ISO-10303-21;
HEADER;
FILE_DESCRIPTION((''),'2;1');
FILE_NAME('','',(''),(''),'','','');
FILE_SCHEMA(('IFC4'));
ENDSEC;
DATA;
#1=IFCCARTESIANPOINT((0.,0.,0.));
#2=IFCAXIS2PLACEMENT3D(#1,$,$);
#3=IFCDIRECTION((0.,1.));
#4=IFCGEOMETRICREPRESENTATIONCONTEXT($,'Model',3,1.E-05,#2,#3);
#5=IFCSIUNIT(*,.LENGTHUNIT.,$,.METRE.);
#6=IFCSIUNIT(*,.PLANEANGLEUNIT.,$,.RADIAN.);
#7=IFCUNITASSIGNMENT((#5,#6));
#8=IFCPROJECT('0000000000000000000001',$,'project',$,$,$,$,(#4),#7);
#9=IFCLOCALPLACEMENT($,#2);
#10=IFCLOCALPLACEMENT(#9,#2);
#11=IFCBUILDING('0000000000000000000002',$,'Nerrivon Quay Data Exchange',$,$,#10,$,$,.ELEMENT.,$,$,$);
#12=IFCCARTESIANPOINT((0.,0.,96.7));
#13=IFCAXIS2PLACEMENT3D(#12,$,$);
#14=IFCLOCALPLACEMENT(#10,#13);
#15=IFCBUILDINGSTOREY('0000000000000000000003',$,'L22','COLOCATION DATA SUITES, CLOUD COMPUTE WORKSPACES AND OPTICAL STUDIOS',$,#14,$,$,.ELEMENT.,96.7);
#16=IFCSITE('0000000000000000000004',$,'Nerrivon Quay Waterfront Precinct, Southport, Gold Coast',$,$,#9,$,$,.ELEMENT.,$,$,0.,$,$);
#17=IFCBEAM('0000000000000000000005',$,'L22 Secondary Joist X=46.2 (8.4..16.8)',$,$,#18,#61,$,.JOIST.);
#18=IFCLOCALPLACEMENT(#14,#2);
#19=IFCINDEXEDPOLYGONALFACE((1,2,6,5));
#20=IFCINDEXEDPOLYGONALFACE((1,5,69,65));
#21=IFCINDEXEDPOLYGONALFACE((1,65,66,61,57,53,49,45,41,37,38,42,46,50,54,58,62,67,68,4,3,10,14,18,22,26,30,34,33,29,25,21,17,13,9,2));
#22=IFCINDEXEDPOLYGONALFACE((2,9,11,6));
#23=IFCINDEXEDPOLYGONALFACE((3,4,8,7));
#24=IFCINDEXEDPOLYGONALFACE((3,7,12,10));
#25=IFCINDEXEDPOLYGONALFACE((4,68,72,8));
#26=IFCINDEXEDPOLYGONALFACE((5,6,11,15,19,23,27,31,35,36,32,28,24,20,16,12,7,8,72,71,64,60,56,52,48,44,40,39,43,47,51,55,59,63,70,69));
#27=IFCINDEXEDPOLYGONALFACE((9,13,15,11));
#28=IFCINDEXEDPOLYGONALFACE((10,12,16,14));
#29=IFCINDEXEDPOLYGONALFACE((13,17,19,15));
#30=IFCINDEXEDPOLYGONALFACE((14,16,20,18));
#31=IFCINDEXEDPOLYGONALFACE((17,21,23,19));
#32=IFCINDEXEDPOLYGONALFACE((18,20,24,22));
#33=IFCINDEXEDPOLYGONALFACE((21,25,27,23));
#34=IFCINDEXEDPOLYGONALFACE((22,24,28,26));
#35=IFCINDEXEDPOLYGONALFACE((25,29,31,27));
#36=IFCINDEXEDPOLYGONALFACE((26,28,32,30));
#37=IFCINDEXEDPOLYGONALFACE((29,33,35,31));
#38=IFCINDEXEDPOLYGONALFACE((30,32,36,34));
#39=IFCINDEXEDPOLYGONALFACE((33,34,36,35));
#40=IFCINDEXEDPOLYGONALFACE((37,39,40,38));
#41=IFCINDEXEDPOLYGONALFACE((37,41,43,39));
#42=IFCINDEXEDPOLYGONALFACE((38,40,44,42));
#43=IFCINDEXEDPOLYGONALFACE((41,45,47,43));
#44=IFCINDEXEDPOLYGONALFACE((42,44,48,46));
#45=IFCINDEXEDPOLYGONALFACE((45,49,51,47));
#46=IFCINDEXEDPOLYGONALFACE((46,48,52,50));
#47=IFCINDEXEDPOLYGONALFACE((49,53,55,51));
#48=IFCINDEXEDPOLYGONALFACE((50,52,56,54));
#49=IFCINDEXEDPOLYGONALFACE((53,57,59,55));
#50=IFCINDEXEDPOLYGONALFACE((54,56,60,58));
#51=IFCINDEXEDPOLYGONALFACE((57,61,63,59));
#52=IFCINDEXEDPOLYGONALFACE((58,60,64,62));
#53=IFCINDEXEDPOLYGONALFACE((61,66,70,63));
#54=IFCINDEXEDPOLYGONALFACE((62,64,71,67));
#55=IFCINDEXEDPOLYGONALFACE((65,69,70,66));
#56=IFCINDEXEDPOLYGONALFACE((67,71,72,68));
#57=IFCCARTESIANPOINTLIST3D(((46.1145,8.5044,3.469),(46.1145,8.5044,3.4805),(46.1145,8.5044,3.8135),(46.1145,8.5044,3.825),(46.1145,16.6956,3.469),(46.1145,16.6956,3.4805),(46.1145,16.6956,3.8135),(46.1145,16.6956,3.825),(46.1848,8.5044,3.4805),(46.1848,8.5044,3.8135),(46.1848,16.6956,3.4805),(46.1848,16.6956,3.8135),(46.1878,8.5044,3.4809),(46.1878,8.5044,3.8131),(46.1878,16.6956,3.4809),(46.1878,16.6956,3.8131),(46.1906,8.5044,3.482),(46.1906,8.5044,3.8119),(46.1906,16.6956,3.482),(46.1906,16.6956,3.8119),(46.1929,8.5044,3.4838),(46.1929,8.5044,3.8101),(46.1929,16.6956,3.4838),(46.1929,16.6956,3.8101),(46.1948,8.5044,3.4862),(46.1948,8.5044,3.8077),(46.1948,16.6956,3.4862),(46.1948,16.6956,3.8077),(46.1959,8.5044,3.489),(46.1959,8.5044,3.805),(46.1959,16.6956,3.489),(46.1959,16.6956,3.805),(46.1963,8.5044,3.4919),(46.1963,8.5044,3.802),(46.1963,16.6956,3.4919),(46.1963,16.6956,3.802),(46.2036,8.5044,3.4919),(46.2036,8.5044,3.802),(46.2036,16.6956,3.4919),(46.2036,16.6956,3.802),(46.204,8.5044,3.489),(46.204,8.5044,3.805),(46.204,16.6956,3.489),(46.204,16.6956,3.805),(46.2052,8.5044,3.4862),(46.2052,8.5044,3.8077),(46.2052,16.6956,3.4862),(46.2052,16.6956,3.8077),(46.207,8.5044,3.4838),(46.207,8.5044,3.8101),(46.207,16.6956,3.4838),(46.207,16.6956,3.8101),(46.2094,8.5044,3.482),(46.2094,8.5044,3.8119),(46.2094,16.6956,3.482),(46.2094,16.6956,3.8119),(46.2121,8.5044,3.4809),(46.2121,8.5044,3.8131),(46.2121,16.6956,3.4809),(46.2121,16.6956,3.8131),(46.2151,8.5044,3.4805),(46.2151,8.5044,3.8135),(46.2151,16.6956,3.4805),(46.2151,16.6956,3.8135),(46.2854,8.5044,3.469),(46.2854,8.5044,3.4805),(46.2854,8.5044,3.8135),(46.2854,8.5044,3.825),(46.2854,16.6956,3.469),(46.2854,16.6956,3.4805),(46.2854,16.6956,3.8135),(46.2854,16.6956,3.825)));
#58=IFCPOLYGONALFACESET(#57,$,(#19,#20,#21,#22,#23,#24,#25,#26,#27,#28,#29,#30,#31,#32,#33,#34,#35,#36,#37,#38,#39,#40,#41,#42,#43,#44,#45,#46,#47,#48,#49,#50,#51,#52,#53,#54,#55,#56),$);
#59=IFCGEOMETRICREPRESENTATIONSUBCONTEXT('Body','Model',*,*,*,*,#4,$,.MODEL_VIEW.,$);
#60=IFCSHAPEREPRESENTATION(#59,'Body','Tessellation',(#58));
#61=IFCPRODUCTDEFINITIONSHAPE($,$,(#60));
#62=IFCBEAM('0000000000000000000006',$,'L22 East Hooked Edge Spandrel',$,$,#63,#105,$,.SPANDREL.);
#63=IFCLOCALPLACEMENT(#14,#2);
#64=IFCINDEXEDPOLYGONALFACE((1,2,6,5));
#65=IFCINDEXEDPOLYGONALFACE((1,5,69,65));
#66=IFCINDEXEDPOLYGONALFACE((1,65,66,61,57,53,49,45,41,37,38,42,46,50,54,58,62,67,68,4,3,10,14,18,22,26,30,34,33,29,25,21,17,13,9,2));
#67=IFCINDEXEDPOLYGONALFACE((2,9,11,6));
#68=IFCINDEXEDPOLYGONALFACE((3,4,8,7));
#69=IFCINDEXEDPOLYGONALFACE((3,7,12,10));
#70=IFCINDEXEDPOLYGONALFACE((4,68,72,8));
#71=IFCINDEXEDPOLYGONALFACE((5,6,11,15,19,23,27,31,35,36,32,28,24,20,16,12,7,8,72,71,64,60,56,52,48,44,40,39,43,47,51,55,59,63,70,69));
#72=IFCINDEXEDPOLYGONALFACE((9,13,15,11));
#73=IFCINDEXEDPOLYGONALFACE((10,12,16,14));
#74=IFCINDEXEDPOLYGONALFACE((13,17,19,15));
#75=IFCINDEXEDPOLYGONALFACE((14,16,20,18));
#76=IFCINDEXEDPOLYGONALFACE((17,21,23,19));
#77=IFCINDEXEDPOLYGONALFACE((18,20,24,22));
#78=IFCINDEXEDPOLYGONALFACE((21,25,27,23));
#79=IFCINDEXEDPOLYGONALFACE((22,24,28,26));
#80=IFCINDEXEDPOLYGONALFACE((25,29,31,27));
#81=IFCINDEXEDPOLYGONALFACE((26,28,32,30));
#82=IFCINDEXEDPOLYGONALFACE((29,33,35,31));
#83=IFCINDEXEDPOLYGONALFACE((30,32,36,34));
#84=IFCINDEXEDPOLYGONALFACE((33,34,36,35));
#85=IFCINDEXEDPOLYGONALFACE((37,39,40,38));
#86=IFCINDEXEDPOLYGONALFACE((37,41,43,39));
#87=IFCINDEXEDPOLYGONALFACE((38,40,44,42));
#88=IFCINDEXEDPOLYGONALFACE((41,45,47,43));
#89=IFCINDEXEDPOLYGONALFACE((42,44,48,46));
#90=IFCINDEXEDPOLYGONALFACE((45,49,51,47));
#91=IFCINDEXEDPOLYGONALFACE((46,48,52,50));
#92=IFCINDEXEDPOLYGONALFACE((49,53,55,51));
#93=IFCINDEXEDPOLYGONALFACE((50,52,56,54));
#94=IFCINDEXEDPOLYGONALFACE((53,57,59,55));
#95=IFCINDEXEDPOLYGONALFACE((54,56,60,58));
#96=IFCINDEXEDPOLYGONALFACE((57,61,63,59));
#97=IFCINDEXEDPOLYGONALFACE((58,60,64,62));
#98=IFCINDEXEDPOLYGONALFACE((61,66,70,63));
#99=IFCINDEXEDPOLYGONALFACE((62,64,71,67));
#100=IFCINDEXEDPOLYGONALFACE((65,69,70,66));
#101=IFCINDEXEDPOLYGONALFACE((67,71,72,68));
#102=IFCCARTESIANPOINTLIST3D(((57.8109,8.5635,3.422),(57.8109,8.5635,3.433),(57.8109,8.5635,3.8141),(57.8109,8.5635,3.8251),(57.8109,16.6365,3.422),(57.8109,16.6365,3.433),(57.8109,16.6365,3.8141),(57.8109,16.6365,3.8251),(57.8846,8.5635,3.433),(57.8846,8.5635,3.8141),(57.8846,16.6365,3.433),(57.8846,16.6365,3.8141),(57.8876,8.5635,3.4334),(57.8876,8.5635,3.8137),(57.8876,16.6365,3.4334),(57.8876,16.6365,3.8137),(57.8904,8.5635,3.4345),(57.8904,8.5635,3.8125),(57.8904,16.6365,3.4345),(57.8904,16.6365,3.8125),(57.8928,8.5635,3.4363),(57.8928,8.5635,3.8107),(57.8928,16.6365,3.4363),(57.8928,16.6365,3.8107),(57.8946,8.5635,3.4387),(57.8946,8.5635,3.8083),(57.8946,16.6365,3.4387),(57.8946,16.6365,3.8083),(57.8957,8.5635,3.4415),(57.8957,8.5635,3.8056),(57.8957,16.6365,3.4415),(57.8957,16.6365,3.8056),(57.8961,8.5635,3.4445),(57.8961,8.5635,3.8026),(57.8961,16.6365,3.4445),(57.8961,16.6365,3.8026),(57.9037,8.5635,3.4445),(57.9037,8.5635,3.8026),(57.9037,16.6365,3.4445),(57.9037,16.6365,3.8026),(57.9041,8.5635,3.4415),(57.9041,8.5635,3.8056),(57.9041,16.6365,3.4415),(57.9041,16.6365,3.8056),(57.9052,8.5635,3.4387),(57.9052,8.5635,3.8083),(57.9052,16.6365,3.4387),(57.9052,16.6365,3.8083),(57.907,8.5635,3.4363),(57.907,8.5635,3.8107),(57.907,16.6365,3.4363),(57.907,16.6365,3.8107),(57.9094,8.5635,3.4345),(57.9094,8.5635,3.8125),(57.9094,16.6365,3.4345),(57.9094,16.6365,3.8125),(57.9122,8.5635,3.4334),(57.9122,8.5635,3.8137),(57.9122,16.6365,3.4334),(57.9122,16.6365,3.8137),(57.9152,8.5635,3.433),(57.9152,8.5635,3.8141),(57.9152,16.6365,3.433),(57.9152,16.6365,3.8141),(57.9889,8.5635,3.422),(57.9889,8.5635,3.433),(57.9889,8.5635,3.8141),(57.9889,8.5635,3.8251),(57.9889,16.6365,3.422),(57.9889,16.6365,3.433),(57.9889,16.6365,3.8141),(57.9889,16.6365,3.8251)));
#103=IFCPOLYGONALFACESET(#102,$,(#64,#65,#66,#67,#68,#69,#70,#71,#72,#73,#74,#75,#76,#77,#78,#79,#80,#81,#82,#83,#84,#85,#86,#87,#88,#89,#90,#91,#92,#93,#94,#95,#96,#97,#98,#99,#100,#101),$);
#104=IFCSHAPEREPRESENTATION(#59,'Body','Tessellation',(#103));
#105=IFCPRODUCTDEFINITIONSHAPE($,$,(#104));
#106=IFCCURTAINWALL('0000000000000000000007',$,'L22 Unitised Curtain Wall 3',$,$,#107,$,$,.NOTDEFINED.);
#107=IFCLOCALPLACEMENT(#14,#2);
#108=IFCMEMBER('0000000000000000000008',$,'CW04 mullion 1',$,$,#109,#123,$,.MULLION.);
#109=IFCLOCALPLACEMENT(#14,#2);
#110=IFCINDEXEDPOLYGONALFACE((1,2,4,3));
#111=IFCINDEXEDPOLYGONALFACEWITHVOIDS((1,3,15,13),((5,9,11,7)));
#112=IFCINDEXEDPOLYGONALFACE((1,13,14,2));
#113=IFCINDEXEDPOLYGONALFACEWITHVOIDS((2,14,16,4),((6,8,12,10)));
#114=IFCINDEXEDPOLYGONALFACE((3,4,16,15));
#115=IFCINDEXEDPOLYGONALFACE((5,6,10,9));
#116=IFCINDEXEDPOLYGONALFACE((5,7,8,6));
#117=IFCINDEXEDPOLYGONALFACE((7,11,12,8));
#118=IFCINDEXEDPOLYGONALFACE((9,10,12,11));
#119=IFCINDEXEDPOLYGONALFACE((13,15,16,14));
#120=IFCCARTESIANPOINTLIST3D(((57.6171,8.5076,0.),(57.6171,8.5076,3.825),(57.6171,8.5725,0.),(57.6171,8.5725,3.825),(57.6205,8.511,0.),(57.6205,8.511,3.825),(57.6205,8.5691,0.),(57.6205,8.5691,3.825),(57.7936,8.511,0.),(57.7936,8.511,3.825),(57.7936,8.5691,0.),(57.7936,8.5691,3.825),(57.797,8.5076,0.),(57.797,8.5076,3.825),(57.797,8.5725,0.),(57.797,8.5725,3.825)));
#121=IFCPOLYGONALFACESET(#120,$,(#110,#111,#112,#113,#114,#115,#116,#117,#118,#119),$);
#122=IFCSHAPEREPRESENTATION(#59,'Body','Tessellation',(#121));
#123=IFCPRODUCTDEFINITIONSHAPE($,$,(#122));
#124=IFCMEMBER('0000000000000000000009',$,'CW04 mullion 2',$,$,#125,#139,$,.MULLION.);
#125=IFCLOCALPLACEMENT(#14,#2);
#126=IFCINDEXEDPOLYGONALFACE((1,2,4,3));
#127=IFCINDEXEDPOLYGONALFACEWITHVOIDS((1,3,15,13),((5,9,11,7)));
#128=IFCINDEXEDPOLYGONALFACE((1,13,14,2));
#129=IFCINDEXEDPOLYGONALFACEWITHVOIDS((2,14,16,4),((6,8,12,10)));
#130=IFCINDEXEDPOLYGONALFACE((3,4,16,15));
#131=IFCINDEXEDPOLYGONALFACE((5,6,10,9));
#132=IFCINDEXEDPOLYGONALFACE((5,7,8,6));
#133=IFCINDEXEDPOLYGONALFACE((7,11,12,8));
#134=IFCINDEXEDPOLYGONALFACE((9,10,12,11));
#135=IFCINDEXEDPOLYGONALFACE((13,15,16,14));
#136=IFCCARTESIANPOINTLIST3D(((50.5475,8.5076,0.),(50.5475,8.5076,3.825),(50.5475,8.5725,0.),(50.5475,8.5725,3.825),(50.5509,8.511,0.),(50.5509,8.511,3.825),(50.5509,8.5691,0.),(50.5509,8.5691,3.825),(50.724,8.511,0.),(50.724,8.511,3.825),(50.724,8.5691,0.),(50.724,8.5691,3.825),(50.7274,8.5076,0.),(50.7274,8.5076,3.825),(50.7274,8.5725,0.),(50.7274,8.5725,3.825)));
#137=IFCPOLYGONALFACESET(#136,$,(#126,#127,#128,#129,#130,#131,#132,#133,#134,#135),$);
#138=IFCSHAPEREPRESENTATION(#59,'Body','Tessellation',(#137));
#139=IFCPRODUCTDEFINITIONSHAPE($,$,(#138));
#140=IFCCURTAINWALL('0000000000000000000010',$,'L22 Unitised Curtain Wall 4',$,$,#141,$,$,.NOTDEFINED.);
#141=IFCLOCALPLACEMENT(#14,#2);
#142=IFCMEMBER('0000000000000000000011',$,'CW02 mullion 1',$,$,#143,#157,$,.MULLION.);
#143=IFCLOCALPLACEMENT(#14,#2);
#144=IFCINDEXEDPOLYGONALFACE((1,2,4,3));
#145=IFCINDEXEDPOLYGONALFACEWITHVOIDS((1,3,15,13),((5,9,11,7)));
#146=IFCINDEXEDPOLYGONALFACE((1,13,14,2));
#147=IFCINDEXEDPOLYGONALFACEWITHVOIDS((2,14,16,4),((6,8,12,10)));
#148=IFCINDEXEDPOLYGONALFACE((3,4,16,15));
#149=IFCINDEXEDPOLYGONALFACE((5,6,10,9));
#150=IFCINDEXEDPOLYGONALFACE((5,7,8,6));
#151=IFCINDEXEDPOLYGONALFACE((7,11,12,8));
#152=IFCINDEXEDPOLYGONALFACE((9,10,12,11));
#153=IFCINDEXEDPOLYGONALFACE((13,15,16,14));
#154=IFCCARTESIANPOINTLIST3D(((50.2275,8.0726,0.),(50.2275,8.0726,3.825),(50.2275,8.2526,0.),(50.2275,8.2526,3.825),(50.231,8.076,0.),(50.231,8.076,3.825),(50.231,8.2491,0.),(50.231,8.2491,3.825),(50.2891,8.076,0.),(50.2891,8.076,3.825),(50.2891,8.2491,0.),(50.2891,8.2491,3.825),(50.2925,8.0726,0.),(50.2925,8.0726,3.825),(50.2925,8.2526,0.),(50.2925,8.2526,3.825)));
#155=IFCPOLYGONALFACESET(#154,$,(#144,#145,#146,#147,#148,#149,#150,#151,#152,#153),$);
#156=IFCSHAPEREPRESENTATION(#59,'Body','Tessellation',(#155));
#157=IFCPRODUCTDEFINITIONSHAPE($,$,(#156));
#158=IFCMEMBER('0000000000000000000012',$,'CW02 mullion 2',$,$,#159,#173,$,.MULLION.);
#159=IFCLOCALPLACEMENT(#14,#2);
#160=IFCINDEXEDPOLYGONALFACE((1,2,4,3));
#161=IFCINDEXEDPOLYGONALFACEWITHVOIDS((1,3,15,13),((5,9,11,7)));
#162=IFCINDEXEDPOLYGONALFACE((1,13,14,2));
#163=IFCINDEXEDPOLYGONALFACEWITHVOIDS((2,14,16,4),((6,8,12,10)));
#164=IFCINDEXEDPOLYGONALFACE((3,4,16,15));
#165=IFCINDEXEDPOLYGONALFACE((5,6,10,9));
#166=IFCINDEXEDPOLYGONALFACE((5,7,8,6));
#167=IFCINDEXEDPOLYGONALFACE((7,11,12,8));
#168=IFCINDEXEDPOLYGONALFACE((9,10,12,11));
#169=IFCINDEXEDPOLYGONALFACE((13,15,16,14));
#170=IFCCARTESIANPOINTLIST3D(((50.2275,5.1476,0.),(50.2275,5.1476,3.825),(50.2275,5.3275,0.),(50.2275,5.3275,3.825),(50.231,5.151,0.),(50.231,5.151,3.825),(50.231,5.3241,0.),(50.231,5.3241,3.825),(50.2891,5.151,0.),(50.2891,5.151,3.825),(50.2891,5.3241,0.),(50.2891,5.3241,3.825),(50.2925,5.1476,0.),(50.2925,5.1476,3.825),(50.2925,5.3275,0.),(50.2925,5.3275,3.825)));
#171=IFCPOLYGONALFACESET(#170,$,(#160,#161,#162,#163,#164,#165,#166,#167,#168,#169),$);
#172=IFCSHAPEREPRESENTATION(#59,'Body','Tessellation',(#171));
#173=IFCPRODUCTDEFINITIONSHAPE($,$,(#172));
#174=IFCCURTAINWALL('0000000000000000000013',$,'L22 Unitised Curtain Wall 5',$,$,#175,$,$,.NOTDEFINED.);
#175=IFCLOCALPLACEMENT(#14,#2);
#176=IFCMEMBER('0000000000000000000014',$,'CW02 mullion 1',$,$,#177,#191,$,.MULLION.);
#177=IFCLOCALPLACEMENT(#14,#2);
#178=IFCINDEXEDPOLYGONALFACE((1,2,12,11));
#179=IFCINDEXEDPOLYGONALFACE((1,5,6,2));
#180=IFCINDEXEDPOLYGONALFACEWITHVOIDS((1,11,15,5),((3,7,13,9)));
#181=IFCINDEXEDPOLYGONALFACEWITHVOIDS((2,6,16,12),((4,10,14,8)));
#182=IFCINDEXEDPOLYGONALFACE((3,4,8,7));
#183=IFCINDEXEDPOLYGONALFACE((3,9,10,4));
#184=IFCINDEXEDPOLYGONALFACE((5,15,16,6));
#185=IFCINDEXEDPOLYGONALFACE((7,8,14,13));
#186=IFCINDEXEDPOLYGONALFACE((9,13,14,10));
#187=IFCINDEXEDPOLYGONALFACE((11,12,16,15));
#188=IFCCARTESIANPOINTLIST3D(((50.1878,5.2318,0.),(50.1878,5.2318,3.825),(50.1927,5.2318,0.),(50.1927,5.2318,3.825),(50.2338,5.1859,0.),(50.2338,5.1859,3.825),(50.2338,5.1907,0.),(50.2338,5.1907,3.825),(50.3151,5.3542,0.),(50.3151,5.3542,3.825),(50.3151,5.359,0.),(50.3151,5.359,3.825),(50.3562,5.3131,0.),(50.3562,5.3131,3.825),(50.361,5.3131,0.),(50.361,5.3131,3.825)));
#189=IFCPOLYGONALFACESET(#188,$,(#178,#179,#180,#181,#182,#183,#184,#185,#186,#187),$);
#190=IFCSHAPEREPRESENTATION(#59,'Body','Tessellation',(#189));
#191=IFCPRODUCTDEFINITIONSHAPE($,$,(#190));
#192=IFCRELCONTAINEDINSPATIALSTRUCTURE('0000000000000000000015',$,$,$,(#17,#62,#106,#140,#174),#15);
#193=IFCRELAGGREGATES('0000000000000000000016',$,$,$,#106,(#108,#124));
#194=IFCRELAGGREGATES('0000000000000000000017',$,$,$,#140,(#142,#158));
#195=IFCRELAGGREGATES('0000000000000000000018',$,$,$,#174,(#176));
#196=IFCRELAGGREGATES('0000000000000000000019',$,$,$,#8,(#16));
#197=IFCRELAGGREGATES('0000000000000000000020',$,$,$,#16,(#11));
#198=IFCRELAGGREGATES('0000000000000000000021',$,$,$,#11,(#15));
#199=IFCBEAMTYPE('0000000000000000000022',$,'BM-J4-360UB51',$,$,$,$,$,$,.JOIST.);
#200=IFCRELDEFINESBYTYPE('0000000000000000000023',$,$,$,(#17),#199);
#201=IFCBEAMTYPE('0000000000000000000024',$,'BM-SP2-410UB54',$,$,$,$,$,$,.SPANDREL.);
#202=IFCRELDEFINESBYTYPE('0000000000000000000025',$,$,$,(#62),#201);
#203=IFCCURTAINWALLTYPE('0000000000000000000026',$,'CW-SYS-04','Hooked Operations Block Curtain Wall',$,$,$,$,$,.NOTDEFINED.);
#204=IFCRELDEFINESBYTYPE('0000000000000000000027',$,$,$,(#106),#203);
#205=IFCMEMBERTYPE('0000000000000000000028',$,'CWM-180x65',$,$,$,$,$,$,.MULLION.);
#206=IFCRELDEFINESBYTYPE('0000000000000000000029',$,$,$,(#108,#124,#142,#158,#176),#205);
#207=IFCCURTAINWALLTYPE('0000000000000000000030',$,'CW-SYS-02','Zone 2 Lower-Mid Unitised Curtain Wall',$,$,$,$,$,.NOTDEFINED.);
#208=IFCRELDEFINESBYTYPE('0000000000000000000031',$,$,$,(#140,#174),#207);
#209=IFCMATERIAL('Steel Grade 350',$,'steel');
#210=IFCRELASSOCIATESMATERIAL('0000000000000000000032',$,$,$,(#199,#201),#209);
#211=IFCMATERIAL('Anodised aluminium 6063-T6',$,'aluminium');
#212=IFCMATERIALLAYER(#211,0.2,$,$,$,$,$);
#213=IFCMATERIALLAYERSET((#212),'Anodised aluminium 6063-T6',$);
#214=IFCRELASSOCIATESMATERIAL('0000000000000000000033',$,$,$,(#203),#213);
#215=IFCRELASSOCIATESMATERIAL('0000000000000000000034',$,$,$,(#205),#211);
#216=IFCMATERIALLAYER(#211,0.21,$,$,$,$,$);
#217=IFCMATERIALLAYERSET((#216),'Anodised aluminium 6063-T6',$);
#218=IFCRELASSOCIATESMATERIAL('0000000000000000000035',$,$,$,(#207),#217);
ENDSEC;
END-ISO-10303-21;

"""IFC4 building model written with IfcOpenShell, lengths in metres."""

from ifc_helpers import new_model, si_unit, direction, frame, origin, origin_2d, place, context, subcontext, project, spatial, hollow_rectangle, i_section, extrude, material, layer, layer_set, material_profile, profile_set, type_object, element, aggregate, save


model = new_model("IFC4")

# Units and contexts
model_context = context("Model", 3, precision=1e-05, world=origin(), true_north=direction((0.0, 1.0)))
body_context = subcontext(model_context, "Body", "Model", "MODEL_VIEW")
ifc_project = project(units=[si_unit("LENGTHUNIT", "METRE"), si_unit("PLANEANGLEUNIT", "RADIAN")], contexts=[model_context])

# Site, building, storey
site_placement = place(None, origin())
site = spatial("IfcSite", under=ifc_project, at=site_placement, Name="Nerrivon Quay Waterfront Precinct, Southport, Gold Coast", CompositionType="ELEMENT", RefElevation=0.0)
building_placement = place(site_placement, origin())
building = spatial("IfcBuilding", under=site, at=building_placement, Name="Nerrivon Quay Data Exchange", CompositionType="ELEMENT")
storey_placement = place(building_placement, frame((0.0, 0.0, 96.7)))
storey = spatial("IfcBuildingStorey", under=building, at=storey_placement, Name="L22", Description="COLOCATION DATA SUITES, CLOUD COMPUTE WORKSPACES AND OPTICAL STUDIOS", CompositionType="ELEMENT", Elevation=96.7)

# Shared definitions
ifc_material_1 = material(Name="Steel Grade 350", Category="steel")

# Beams
ifc_material_profile_1 = material_profile(ifc_material_1, i_section(OverallWidth=0.1709, OverallDepth=0.356, WebThickness=0.0073, FlangeThickness=0.0115, FilletRadius=0.0115, at=origin_2d()), Name="360UB50.7")
ifc_profile_set_1 = profile_set([ifc_material_profile_1], Name="Steel Grade 350")
beam_type_1 = type_object("IfcBeamType", Name="BM-J4-360UB51", PredefinedType="JOIST", material=ifc_profile_set_1)
beam_1_placement = place(storey_placement, frame((46.2, 8.5044, 3.647), z_axis=(0.0, 1.0, 0.0), x_axis=(-1.0, 0.0, 0.0)))
element("IfcBeam", 1, at=beam_1_placement, inside=storey, type_object=beam_type_1, Name="L22 Secondary Joist X=46.2 (8.4..16.8)", PredefinedType="JOIST", context=body_context, shape_type="SweptSolid", body=[
    extrude(i_section(OverallWidth=0.1709, OverallDepth=0.356, WebThickness=0.0073, FlangeThickness=0.0115, FilletRadius=0.0115, at=origin_2d()), origin(), (0.0, 0.0, 1.0), 8.1912),
])
ifc_material_profile_2 = material_profile(ifc_material_1, i_section(OverallWidth=0.178, OverallDepth=0.4031, WebThickness=0.0076, FlangeThickness=0.011, FilletRadius=0.0115, at=origin_2d()), Name="410UB53.7")
ifc_profile_set_2 = profile_set([ifc_material_profile_2], Name="Steel Grade 350")
beam_type_2 = type_object("IfcBeamType", Name="BM-SP2-410UB54", PredefinedType="SPANDREL", material=ifc_profile_set_2)
beam_2_placement = place(storey_placement, frame((57.8999, 8.5635, 3.6235), z_axis=(0.0, 1.0, 0.0), x_axis=(-1.0, 0.0, 0.0)))
element("IfcBeam", 2, at=beam_2_placement, inside=storey, type_object=beam_type_2, Name="L22 East Hooked Edge Spandrel", PredefinedType="SPANDREL", context=body_context, shape_type="SweptSolid", body=[
    extrude(i_section(OverallWidth=0.178, OverallDepth=0.4031, WebThickness=0.0076, FlangeThickness=0.011, FilletRadius=0.0115, at=origin_2d()), origin(), (0.0, 0.0, 1.0), 8.073),
])

# Curtain walls, members
ifc_material_2 = material(Name="Anodised aluminium 6063-T6", Category="aluminium")
ifc_layer_1 = layer(ifc_material_2, 0.2)
ifc_layer_set_1 = layer_set([ifc_layer_1], Name="Anodised aluminium 6063-T6")
curtain_wall_type_1 = type_object("IfcCurtainWallType", Name="CW-SYS-04", Description="Hooked Operations Block Curtain Wall", PredefinedType="NOTDEFINED", material=ifc_layer_set_1)
curtain_wall_1_placement = place(storey_placement, origin())
curtain_wall_1 = element("IfcCurtainWall", 3, at=curtain_wall_1_placement, inside=storey, type_object=curtain_wall_type_1, Name="L22 Unitised Curtain Wall 3", PredefinedType="NOTDEFINED")
ifc_material_profile_3 = material_profile(ifc_material_2, hollow_rectangle(XDim=0.0649, YDim=0.1799, WallThickness=0.0034, at=origin_2d()), Name="ALU-MULL-180x65")
ifc_profile_set_3 = profile_set([ifc_material_profile_3], Name="Anodised aluminium 6063-T6")
member_type_1 = type_object("IfcMemberType", Name="CWM-180x65", PredefinedType="MULLION", material=ifc_profile_set_3)
member_1_placement = place(storey_placement, frame((57.707, 8.54, 0.0), z_axis=(0.0, 0.0, 1.0), x_axis=(0.0, -1.0, 0.0)))
member_1 = element("IfcMember", 4, at=member_1_placement, type_object=member_type_1, Name="CW04 mullion 1", PredefinedType="MULLION", context=body_context, shape_type="SweptSolid", body=[
    extrude(hollow_rectangle(XDim=0.0649, YDim=0.1799, WallThickness=0.0034, at=origin_2d()), origin(), (0.0, 0.0, 1.0), 3.825),
])
member_2_placement = place(storey_placement, frame((50.6375, 8.54, 0.0), z_axis=(0.0, 0.0, 1.0), x_axis=(0.0, -1.0, 0.0)))
member_2 = element("IfcMember", 5, at=member_2_placement, type_object=member_type_1, Name="CW04 mullion 2", PredefinedType="MULLION", context=body_context, shape_type="SweptSolid", body=[
    extrude(hollow_rectangle(XDim=0.0649, YDim=0.1799, WallThickness=0.0034, at=origin_2d()), origin(), (0.0, 0.0, 1.0), 3.825),
])
ifc_layer_2 = layer(ifc_material_2, 0.21)
ifc_layer_set_2 = layer_set([ifc_layer_2], Name="Anodised aluminium 6063-T6")
curtain_wall_type_2 = type_object("IfcCurtainWallType", Name="CW-SYS-02", Description="Zone 2 Lower-Mid Unitised Curtain Wall", PredefinedType="NOTDEFINED", material=ifc_layer_set_2)
curtain_wall_2_placement = place(storey_placement, origin())
curtain_wall_2 = element("IfcCurtainWall", 6, at=curtain_wall_2_placement, inside=storey, type_object=curtain_wall_type_2, Name="L22 Unitised Curtain Wall 4", PredefinedType="NOTDEFINED")
member_3_placement = place(storey_placement, frame((50.26, 8.1626, 0.0), z_axis=(0.0, 0.0, 1.0), x_axis=(1.0, 0.0, 0.0)))
member_3 = element("IfcMember", 7, at=member_3_placement, type_object=member_type_1, Name="CW02 mullion 1", PredefinedType="MULLION", context=body_context, shape_type="SweptSolid", body=[
    extrude(hollow_rectangle(XDim=0.0649, YDim=0.1799, WallThickness=0.0034, at=origin_2d()), origin(), (0.0, 0.0, 1.0), 3.825),
])
member_4_placement = place(storey_placement, frame((50.26, 5.2375, 0.0), z_axis=(0.0, 0.0, 1.0), x_axis=(1.0, 0.0, 0.0)))
member_4 = element("IfcMember", 8, at=member_4_placement, type_object=member_type_1, Name="CW02 mullion 2", PredefinedType="MULLION", context=body_context, shape_type="SweptSolid", body=[
    extrude(hollow_rectangle(XDim=0.0649, YDim=0.1799, WallThickness=0.0034, at=origin_2d()), origin(), (0.0, 0.0, 1.0), 3.825),
])
curtain_wall_3_placement = place(storey_placement, origin())
curtain_wall_3 = element("IfcCurtainWall", 9, at=curtain_wall_3_placement, inside=storey, type_object=curtain_wall_type_2, Name="L22 Unitised Curtain Wall 5", PredefinedType="NOTDEFINED")
member_5_placement = place(storey_placement, frame((50.2744, 5.2725, 0.0), z_axis=(0.0, 0.0, 1.0), x_axis=(0.707107, -0.707107, 0.0)))
member_5 = element("IfcMember", 10, at=member_5_placement, type_object=member_type_1, Name="CW02 mullion 1", PredefinedType="MULLION", context=body_context, shape_type="SweptSolid", body=[
    extrude(hollow_rectangle(XDim=0.0649, YDim=0.1799, WallThickness=0.0034, at=origin_2d()), origin(), (0.0, 0.0, 1.0), 3.825),
])

aggregate(curtain_wall_1, [member_1, member_2])
aggregate(curtain_wall_2, [member_3, member_4])
aggregate(curtain_wall_3, [member_5])

save(model, "model.ifc")
